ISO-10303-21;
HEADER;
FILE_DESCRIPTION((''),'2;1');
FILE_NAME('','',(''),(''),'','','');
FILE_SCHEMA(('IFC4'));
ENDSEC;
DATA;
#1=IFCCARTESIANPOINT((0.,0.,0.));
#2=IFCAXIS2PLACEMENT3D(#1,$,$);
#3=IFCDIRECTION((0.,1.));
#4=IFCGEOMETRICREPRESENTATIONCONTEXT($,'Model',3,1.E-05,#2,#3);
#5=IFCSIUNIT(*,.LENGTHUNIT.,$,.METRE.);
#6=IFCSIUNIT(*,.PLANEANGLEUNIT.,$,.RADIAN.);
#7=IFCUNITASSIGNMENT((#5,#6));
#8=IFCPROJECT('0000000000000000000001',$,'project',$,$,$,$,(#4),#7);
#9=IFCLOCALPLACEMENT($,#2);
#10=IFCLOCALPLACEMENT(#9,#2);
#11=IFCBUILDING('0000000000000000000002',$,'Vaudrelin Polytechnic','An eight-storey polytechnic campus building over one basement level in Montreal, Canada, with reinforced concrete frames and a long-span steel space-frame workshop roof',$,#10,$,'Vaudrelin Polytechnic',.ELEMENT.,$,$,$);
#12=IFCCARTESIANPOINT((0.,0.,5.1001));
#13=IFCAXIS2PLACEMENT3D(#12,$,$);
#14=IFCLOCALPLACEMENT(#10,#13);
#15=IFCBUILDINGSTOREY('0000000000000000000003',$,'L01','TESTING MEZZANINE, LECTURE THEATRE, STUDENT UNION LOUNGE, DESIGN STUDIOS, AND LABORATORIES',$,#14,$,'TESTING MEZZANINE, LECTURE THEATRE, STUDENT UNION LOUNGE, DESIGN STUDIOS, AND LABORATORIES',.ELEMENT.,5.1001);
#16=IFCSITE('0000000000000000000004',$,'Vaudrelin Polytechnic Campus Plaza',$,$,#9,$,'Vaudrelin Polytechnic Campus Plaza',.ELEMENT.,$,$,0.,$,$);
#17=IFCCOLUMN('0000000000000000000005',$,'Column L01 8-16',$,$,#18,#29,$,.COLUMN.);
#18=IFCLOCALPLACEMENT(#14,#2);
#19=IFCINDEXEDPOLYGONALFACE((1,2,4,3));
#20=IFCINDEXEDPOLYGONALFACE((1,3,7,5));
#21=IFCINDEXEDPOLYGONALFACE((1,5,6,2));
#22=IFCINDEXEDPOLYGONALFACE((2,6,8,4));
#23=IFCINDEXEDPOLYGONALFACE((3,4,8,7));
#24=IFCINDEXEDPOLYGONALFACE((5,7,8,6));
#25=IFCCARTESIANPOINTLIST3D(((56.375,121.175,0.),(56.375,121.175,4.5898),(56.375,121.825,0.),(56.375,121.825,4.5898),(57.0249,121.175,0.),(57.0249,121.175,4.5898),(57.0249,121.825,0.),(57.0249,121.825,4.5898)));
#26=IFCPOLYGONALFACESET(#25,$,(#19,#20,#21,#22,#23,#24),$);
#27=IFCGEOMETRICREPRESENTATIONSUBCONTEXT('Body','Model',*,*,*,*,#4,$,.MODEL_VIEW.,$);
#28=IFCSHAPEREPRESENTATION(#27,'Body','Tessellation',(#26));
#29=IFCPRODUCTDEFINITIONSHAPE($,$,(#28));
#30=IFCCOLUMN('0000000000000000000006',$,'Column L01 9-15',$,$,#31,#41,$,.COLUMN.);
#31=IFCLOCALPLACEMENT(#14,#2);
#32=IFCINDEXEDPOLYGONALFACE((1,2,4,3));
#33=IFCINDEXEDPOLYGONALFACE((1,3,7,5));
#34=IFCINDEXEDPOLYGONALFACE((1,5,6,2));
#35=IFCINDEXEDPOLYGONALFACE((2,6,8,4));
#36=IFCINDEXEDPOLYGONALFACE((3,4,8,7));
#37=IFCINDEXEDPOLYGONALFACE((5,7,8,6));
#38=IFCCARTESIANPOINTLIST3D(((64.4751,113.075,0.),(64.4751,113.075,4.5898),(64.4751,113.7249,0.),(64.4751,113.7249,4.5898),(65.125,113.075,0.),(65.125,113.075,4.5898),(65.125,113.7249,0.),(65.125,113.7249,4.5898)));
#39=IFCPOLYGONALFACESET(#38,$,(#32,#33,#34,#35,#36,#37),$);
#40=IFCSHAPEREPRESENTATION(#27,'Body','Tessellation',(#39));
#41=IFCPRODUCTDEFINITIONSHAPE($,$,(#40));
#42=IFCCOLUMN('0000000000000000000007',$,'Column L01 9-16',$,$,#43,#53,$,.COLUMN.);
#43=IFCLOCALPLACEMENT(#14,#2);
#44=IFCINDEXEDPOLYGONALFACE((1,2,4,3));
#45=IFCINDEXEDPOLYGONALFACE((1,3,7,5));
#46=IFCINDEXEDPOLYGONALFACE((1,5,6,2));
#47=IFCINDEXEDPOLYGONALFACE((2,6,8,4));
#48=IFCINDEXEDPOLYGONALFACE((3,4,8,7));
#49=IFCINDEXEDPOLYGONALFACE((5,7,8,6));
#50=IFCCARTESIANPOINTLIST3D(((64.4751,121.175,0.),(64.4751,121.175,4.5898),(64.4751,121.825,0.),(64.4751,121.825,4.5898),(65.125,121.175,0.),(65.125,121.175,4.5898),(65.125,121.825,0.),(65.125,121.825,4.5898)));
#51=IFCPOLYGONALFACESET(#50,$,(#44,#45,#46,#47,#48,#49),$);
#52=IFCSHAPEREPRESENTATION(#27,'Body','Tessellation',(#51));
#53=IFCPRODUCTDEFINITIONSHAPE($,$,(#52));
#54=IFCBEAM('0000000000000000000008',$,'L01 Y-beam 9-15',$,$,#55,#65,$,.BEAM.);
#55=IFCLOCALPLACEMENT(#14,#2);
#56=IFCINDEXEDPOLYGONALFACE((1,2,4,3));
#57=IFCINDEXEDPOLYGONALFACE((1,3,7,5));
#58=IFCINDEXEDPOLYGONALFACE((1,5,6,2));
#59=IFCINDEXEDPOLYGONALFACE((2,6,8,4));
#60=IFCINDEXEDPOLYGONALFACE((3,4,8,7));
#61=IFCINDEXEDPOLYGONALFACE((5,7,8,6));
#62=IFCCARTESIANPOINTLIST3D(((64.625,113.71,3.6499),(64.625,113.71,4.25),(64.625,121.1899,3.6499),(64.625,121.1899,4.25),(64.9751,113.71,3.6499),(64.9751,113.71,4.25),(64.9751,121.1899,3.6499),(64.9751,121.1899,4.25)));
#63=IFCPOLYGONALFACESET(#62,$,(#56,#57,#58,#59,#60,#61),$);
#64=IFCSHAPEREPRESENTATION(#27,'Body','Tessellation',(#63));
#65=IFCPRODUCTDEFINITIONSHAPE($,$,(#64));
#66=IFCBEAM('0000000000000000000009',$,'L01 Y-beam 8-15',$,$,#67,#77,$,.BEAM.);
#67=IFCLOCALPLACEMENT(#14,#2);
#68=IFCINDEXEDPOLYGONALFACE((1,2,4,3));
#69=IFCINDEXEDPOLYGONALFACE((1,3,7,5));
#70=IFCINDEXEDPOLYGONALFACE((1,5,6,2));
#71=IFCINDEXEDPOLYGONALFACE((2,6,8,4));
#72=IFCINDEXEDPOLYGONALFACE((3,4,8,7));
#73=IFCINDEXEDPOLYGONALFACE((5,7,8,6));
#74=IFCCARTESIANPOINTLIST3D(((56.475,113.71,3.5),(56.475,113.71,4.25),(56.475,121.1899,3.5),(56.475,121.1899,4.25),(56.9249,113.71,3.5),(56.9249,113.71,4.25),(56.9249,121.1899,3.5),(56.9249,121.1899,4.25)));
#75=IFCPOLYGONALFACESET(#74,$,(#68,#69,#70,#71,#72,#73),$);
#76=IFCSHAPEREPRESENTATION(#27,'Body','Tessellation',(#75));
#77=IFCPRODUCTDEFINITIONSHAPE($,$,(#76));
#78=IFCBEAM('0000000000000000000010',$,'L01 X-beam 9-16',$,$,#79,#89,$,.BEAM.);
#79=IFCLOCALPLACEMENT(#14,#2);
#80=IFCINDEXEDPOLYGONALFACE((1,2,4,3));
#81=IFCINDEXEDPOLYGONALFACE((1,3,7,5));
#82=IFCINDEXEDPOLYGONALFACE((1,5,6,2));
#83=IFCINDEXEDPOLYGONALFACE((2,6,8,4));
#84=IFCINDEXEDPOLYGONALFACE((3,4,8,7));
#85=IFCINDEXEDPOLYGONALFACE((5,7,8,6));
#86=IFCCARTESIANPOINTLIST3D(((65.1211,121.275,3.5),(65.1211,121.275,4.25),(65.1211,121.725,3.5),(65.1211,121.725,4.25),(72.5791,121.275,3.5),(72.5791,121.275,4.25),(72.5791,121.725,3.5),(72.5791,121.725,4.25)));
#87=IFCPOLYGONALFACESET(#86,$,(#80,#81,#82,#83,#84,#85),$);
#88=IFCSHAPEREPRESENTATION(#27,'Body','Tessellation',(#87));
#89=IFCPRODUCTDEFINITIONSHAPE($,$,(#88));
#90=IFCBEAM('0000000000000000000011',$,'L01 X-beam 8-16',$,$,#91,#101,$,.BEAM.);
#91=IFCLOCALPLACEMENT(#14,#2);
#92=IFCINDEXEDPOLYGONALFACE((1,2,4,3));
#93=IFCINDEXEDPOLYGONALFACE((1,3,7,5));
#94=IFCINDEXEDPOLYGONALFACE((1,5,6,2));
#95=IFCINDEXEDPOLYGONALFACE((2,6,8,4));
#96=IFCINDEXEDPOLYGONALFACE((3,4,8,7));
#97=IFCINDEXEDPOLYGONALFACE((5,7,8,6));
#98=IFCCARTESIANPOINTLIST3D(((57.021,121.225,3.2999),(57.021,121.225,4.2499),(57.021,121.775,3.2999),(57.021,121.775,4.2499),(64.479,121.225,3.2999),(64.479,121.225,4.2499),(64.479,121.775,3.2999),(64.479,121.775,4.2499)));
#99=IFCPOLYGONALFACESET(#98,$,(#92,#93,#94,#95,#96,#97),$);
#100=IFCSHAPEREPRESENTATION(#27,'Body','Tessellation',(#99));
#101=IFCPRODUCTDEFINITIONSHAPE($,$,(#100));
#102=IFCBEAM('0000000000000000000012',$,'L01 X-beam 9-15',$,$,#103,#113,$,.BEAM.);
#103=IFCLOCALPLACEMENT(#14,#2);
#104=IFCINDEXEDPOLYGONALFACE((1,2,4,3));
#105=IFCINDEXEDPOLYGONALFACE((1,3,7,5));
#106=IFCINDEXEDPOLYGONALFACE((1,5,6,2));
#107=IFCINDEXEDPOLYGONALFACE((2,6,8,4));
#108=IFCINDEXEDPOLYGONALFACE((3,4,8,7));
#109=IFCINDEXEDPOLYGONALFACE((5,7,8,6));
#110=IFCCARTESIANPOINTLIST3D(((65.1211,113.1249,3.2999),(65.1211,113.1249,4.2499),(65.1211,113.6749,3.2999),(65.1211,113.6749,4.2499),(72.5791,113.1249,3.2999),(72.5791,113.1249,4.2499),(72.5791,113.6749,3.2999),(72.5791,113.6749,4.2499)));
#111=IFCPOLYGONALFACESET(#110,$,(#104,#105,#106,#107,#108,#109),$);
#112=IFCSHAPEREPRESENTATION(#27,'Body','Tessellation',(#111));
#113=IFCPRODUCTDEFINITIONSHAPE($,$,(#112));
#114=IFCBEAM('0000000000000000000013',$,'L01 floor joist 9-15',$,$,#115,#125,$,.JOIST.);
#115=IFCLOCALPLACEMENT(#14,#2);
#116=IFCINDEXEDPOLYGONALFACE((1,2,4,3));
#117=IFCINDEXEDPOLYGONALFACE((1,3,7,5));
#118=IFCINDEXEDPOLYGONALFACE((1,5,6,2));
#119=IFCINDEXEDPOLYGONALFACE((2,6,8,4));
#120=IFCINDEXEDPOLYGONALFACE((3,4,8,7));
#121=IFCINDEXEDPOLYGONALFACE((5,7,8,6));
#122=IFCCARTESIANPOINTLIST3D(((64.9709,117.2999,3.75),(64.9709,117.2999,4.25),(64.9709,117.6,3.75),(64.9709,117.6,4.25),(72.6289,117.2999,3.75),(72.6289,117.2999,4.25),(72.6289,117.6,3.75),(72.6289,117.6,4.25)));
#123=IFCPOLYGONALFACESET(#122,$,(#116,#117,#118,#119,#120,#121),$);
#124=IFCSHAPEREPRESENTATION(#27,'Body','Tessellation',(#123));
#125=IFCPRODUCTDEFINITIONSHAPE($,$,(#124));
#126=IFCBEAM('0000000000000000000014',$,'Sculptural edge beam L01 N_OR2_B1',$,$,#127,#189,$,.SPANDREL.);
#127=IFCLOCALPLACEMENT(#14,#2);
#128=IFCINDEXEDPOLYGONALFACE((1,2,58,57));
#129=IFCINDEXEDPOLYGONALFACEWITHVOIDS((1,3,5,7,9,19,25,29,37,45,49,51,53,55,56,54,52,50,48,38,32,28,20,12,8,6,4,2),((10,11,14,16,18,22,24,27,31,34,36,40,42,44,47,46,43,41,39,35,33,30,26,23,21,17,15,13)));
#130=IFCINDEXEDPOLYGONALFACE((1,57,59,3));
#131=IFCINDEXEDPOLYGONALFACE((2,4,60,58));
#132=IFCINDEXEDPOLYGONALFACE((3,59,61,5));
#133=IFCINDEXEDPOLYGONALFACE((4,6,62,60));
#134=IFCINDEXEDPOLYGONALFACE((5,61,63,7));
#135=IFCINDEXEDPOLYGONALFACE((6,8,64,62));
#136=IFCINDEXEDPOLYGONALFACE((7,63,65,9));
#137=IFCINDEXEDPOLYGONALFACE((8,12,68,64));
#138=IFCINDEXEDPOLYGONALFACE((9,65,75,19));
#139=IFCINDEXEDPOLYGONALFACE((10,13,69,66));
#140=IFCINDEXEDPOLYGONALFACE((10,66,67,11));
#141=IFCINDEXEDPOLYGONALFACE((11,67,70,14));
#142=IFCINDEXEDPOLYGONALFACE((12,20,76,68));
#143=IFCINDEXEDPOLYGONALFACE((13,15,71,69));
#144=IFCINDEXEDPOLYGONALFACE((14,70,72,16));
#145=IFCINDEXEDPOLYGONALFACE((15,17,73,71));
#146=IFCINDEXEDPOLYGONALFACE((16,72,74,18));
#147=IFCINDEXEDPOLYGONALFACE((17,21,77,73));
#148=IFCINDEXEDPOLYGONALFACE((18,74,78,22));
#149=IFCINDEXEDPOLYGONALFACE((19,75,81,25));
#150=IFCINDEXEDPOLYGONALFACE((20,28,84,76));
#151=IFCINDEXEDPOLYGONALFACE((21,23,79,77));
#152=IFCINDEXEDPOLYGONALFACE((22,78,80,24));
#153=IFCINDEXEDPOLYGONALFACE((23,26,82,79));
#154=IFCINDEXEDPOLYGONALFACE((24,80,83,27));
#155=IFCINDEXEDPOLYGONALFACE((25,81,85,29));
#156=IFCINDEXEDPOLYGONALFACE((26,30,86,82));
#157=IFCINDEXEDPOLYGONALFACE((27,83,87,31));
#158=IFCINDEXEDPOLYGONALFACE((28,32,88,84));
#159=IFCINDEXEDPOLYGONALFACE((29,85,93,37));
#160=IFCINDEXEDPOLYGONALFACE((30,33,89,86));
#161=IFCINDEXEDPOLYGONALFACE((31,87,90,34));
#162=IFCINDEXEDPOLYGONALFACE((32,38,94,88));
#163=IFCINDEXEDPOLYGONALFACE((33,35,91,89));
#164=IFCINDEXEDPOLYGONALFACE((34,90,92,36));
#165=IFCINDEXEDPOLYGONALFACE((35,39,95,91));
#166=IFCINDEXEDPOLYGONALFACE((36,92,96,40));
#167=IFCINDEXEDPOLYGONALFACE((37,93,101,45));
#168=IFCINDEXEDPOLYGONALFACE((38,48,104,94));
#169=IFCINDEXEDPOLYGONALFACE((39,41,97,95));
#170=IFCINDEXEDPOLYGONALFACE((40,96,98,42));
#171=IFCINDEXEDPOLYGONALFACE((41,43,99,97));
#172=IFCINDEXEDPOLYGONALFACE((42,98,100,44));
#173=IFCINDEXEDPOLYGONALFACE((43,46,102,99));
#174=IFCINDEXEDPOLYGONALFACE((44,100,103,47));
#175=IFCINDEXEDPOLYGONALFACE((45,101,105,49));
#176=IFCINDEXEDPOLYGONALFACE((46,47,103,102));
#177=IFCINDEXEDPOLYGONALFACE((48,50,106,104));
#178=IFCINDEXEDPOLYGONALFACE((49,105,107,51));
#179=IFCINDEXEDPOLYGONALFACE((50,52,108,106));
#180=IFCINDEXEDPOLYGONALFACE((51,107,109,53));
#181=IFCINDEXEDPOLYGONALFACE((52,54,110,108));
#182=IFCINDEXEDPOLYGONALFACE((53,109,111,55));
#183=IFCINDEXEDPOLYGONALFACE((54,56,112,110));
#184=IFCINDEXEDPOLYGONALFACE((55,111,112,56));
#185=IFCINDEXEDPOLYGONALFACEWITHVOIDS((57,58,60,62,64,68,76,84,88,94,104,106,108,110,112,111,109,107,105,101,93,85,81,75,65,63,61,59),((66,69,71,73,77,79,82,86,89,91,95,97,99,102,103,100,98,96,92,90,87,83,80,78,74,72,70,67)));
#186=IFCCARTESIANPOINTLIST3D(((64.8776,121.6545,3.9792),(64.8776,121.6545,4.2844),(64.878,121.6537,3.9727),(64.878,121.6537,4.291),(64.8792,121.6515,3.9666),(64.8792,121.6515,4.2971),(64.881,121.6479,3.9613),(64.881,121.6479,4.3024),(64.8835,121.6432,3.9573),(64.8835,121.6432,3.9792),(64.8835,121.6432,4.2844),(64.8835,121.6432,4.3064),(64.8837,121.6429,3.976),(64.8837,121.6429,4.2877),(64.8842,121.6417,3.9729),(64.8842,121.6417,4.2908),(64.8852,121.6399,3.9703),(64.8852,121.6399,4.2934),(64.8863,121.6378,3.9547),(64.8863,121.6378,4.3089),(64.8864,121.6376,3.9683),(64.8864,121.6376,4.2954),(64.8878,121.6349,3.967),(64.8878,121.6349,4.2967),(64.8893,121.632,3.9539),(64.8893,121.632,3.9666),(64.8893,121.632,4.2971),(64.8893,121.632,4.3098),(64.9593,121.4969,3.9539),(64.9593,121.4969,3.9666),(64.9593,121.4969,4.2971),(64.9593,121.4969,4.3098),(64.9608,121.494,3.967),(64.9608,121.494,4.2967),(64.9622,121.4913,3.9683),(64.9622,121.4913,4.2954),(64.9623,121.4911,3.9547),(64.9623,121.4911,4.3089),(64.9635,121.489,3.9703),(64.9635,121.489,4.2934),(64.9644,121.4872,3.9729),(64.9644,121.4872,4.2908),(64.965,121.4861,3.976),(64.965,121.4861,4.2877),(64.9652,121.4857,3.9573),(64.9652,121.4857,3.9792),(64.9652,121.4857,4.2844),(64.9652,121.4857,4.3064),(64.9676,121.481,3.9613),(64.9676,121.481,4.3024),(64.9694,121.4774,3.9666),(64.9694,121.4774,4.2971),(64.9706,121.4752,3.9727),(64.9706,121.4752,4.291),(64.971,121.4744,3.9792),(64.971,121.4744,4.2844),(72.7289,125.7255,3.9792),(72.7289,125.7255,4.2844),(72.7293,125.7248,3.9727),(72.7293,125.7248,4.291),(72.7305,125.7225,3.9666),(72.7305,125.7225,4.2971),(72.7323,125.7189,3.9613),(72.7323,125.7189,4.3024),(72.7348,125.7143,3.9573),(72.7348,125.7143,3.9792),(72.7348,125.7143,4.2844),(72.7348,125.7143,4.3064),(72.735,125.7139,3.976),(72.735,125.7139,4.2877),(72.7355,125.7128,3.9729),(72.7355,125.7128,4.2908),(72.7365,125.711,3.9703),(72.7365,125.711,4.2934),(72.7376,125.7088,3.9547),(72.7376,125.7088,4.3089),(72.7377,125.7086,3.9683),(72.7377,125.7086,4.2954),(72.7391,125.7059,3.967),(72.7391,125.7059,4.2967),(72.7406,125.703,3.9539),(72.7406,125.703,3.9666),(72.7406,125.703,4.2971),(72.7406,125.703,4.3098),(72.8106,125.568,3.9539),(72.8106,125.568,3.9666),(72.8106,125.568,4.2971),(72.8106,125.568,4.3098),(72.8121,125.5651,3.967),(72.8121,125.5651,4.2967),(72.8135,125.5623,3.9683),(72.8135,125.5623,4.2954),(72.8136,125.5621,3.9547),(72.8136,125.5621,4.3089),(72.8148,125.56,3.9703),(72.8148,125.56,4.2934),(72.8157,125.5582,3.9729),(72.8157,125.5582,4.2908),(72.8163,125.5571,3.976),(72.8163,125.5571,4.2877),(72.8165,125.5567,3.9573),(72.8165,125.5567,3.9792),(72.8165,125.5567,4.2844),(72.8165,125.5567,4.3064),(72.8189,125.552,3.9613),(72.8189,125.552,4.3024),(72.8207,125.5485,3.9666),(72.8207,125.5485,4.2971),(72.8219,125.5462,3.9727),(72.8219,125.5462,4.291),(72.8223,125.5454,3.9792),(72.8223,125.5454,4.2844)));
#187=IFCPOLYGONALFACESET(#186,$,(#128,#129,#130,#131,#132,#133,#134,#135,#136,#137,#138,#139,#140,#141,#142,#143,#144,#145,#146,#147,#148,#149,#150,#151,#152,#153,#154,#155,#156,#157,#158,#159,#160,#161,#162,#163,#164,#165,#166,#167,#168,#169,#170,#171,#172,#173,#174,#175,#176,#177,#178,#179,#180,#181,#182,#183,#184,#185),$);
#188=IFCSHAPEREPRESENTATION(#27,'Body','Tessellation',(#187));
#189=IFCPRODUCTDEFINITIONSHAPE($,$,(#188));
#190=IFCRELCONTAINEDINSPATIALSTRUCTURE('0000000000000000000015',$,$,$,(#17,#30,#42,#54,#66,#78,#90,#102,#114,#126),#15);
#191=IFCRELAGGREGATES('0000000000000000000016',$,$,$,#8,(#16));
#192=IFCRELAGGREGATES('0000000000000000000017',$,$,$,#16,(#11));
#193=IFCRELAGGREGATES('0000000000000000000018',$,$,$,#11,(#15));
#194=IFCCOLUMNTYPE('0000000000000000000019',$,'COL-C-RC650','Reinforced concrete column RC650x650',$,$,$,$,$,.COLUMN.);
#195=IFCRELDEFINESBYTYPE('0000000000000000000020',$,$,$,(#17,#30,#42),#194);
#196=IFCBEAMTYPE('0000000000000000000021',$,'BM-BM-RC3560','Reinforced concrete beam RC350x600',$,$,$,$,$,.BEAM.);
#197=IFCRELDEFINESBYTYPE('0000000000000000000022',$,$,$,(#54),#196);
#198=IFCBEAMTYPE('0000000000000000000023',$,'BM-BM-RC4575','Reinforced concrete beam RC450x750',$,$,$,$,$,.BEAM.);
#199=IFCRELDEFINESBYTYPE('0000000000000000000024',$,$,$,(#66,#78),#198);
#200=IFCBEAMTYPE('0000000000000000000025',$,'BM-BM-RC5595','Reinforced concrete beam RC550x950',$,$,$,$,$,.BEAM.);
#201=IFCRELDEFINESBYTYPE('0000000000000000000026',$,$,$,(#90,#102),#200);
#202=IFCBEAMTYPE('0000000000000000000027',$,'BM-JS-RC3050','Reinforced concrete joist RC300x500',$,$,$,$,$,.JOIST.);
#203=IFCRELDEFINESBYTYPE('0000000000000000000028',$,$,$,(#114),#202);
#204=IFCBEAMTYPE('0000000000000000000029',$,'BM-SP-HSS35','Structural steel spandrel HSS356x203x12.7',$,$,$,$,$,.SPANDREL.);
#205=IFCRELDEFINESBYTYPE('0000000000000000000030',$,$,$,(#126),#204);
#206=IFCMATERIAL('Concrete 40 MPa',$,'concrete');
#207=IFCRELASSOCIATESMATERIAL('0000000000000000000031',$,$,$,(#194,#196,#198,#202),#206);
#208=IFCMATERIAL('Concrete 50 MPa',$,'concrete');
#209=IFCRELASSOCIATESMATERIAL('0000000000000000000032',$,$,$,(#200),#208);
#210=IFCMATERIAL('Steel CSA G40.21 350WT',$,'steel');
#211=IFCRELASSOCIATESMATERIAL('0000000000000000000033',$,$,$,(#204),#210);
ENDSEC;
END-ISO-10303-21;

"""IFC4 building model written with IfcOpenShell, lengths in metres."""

from ifc_helpers import new_model, si_unit, direction, frame, origin, origin_2d, place, context, subcontext, project, spatial, rectangle, hollow_rectangle, extrude, material, material_profile, profile_set, type_object, element, save


model = new_model("IFC4")

# Units and contexts
model_context = context("Model", 3, precision=1e-05, world=origin(), true_north=direction((0.0, 1.0)))
body_context = subcontext(model_context, "Body", "Model", "MODEL_VIEW")
ifc_project = project(units=[si_unit("LENGTHUNIT", "METRE"), si_unit("PLANEANGLEUNIT", "RADIAN")], contexts=[model_context])

# Site, building, storey
site_placement = place(None, origin())
site = spatial("IfcSite", under=ifc_project, at=site_placement, Name="Vaudrelin Polytechnic Campus Plaza", LongName="Vaudrelin Polytechnic Campus Plaza", CompositionType="ELEMENT", RefElevation=0.0)
building_placement = place(site_placement, origin())
building = spatial("IfcBuilding", under=site, at=building_placement, Name="Vaudrelin Polytechnic", Description="An eight-storey polytechnic campus building over one basement level in Montreal, Canada, with reinforced concrete frames and a long-span steel space-frame workshop roof", LongName="Vaudrelin Polytechnic", CompositionType="ELEMENT")
storey_placement = place(building_placement, frame((0.0, 0.0, 5.1001)))
storey = spatial("IfcBuildingStorey", under=building, at=storey_placement, Name="L01", Description="TESTING MEZZANINE, LECTURE THEATRE, STUDENT UNION LOUNGE, DESIGN STUDIOS, AND LABORATORIES", LongName="TESTING MEZZANINE, LECTURE THEATRE, STUDENT UNION LOUNGE, DESIGN STUDIOS, AND LABORATORIES", CompositionType="ELEMENT", Elevation=5.1001)

# Columns
ifc_material_1 = material(Name="Concrete 40 MPa", Category="concrete")
ifc_material_profile_1 = material_profile(ifc_material_1, rectangle(XDim=0.6499, YDim=0.6499, at=origin_2d()), Name="RC650x650")
ifc_profile_set_1 = profile_set([ifc_material_profile_1], Name="Concrete 40 MPa")
column_type = type_object("IfcColumnType", Name="COL-C-RC650", Description="Reinforced concrete column RC650x650", PredefinedType="COLUMN", material=ifc_profile_set_1)
for number, where, z_axis, x_axis, name in (
    (1, (56.7, 121.5, 0.0), (0.0, 0.0, 1.0), (1.0, 0.0, 0.0), "Column L01 8-16"),
    (2, (64.8, 113.3999, 0.0), (0.0, 0.0, 1.0), (1.0, 0.0, 0.0), "Column L01 9-15"),
    (3, (64.8, 121.5, 0.0), (0.0, 0.0, 1.0), (1.0, 0.0, 0.0), "Column L01 9-16"),
):
    element("IfcColumn", number, at=place(storey_placement, frame(where, z_axis=z_axis, x_axis=x_axis)), inside=storey, type_object=column_type, Name=name, PredefinedType="COLUMN", context=body_context, shape_type="SweptSolid", body=[
        extrude(rectangle(XDim=0.6499, YDim=0.6499, at=origin_2d()), origin(), (0.0, 0.0, 1.0), 4.5898),
    ])

# Beams
ifc_material_profile_2 = material_profile(ifc_material_1, rectangle(XDim=0.3501, YDim=0.6001, at=origin_2d()), Name="RC350x600")
ifc_profile_set_2 = profile_set([ifc_material_profile_2], Name="Concrete 40 MPa")
beam_type_1 = type_object("IfcBeamType", Name="BM-BM-RC3560", Description="Reinforced concrete beam RC350x600", PredefinedType="BEAM", material=ifc_profile_set_2)
beam_1_placement = place(storey_placement, frame((64.8, 113.71, 3.95), z_axis=(0.0, 1.0, 0.0), x_axis=(-1.0, 0.0, 0.0)))
element("IfcBeam", 4, at=beam_1_placement, inside=storey, type_object=beam_type_1, Name="L01 Y-beam 9-15", PredefinedType="BEAM", context=body_context, shape_type="SweptSolid", body=[
    extrude(rectangle(XDim=0.3501, YDim=0.6001, at=origin_2d()), origin(), (0.0, 0.0, 1.0), 7.48),
])
ifc_material_profile_3 = material_profile(ifc_material_1, rectangle(XDim=0.45, YDim=0.75, at=origin_2d()), Name="RC450x750")
ifc_profile_set_3 = profile_set([ifc_material_profile_3], Name="Concrete 40 MPa")
beam_type_2 = type_object("IfcBeamType", Name="BM-BM-RC4575", Description="Reinforced concrete beam RC450x750", PredefinedType="BEAM", material=ifc_profile_set_3)
beam_2_placement = place(storey_placement, frame((56.7, 113.71, 3.875), z_axis=(0.0, 1.0, 0.0), x_axis=(-1.0, 0.0, 0.0)))
element("IfcBeam", 5, at=beam_2_placement, inside=storey, type_object=beam_type_2, Name="L01 Y-beam 8-15", PredefinedType="BEAM", context=body_context, shape_type="SweptSolid", body=[
    extrude(rectangle(XDim=0.45, YDim=0.75, at=origin_2d()), origin(), (0.0, 0.0, 1.0), 7.48),
])
beam_3_placement = place(storey_placement, frame((65.1211, 121.5, 3.875), z_axis=(1.0, 0.0, 0.0), x_axis=(0.0, 1.0, 0.0)))
element("IfcBeam", 6, at=beam_3_placement, inside=storey, type_object=beam_type_2, Name="L01 X-beam 9-16", PredefinedType="BEAM", context=body_context, shape_type="SweptSolid", body=[
    extrude(rectangle(XDim=0.45, YDim=0.75, at=origin_2d()), origin(), (0.0, 0.0, 1.0), 7.458),
])
ifc_material_2 = material(Name="Concrete 50 MPa", Category="concrete")
ifc_material_profile_4 = material_profile(ifc_material_2, rectangle(XDim=0.55, YDim=0.95, at=origin_2d()), Name="RC550x950")
ifc_profile_set_4 = profile_set([ifc_material_profile_4], Name="Concrete 50 MPa")
beam_type_3 = type_object("IfcBeamType", Name="BM-BM-RC5595", Description="Reinforced concrete beam RC550x950", PredefinedType="BEAM", material=ifc_profile_set_4)
for number, where, z_axis, x_axis, name in (
    (7, (57.021, 121.5, 3.7749), (1.0, 0.0, 0.0), (0.0, 1.0, 0.0), "L01 X-beam 8-16"),
    (8, (65.1211, 113.3999, 3.7749), (1.0, 0.0, 0.0), (0.0, 1.0, 0.0), "L01 X-beam 9-15"),
):
    element("IfcBeam", number, at=place(storey_placement, frame(where, z_axis=z_axis, x_axis=x_axis)), inside=storey, type_object=beam_type_3, Name=name, PredefinedType="BEAM", context=body_context, shape_type="SweptSolid", body=[
        extrude(rectangle(XDim=0.55, YDim=0.95, at=origin_2d()), origin(), (0.0, 0.0, 1.0), 7.458),
    ])
ifc_material_profile_5 = material_profile(ifc_material_1, rectangle(XDim=0.3, YDim=0.5, at=origin_2d()), Name="RC300x500")
ifc_profile_set_5 = profile_set([ifc_material_profile_5], Name="Concrete 40 MPa")
beam_type_4 = type_object("IfcBeamType", Name="BM-JS-RC3050", Description="Reinforced concrete joist RC300x500", PredefinedType="JOIST", material=ifc_profile_set_5)
beam_4_placement = place(storey_placement, frame((64.9709, 117.45, 4.0), z_axis=(1.0, 0.0, 0.0), x_axis=(0.0, 1.0, 0.0)))
element("IfcBeam", 9, at=beam_4_placement, inside=storey, type_object=beam_type_4, Name="L01 floor joist 9-15", PredefinedType="JOIST", context=body_context, shape_type="SweptSolid", body=[
    extrude(rectangle(XDim=0.3, YDim=0.5, at=origin_2d()), origin(), (0.0, 0.0, 1.0), 7.658),
])
ifc_material_3 = material(Name="Steel CSA G40.21 350WT", Category="steel")
ifc_material_profile_6 = material_profile(ifc_material_3, hollow_rectangle(XDim=0.2029, YDim=0.356, WallThickness=0.0127, InnerFilletRadius=0.0127, OuterFilletRadius=0.0254, at=origin_2d()), Name="HSS356x203x12.7")
ifc_profile_set_6 = profile_set([ifc_material_profile_6], Name="Steel CSA G40.21 350WT")
beam_type_5 = type_object("IfcBeamType", Name="BM-SP-HSS35", Description="Structural steel spandrel HSS356x203x12.7", PredefinedType="SPANDREL", material=ifc_profile_set_6)
beam_5_placement = place(storey_placement, frame((64.9243, 121.5645, 4.1318), z_axis=(0.887755, 0.460316, 0.0), x_axis=(-0.460316, 0.887755, 0.0)))
element("IfcBeam", 10, at=beam_5_placement, inside=storey, type_object=beam_type_5, Name="Sculptural edge beam L01 N_OR2_B1", PredefinedType="SPANDREL", context=body_context, shape_type="SweptSolid", body=[
    extrude(hollow_rectangle(XDim=0.2029, YDim=0.356, WallThickness=0.0127, InnerFilletRadius=0.0127, OuterFilletRadius=0.0254, at=origin_2d()), origin(), (0.0, 0.0, 1.0), 8.844),
])

save(model, "model.ifc")
